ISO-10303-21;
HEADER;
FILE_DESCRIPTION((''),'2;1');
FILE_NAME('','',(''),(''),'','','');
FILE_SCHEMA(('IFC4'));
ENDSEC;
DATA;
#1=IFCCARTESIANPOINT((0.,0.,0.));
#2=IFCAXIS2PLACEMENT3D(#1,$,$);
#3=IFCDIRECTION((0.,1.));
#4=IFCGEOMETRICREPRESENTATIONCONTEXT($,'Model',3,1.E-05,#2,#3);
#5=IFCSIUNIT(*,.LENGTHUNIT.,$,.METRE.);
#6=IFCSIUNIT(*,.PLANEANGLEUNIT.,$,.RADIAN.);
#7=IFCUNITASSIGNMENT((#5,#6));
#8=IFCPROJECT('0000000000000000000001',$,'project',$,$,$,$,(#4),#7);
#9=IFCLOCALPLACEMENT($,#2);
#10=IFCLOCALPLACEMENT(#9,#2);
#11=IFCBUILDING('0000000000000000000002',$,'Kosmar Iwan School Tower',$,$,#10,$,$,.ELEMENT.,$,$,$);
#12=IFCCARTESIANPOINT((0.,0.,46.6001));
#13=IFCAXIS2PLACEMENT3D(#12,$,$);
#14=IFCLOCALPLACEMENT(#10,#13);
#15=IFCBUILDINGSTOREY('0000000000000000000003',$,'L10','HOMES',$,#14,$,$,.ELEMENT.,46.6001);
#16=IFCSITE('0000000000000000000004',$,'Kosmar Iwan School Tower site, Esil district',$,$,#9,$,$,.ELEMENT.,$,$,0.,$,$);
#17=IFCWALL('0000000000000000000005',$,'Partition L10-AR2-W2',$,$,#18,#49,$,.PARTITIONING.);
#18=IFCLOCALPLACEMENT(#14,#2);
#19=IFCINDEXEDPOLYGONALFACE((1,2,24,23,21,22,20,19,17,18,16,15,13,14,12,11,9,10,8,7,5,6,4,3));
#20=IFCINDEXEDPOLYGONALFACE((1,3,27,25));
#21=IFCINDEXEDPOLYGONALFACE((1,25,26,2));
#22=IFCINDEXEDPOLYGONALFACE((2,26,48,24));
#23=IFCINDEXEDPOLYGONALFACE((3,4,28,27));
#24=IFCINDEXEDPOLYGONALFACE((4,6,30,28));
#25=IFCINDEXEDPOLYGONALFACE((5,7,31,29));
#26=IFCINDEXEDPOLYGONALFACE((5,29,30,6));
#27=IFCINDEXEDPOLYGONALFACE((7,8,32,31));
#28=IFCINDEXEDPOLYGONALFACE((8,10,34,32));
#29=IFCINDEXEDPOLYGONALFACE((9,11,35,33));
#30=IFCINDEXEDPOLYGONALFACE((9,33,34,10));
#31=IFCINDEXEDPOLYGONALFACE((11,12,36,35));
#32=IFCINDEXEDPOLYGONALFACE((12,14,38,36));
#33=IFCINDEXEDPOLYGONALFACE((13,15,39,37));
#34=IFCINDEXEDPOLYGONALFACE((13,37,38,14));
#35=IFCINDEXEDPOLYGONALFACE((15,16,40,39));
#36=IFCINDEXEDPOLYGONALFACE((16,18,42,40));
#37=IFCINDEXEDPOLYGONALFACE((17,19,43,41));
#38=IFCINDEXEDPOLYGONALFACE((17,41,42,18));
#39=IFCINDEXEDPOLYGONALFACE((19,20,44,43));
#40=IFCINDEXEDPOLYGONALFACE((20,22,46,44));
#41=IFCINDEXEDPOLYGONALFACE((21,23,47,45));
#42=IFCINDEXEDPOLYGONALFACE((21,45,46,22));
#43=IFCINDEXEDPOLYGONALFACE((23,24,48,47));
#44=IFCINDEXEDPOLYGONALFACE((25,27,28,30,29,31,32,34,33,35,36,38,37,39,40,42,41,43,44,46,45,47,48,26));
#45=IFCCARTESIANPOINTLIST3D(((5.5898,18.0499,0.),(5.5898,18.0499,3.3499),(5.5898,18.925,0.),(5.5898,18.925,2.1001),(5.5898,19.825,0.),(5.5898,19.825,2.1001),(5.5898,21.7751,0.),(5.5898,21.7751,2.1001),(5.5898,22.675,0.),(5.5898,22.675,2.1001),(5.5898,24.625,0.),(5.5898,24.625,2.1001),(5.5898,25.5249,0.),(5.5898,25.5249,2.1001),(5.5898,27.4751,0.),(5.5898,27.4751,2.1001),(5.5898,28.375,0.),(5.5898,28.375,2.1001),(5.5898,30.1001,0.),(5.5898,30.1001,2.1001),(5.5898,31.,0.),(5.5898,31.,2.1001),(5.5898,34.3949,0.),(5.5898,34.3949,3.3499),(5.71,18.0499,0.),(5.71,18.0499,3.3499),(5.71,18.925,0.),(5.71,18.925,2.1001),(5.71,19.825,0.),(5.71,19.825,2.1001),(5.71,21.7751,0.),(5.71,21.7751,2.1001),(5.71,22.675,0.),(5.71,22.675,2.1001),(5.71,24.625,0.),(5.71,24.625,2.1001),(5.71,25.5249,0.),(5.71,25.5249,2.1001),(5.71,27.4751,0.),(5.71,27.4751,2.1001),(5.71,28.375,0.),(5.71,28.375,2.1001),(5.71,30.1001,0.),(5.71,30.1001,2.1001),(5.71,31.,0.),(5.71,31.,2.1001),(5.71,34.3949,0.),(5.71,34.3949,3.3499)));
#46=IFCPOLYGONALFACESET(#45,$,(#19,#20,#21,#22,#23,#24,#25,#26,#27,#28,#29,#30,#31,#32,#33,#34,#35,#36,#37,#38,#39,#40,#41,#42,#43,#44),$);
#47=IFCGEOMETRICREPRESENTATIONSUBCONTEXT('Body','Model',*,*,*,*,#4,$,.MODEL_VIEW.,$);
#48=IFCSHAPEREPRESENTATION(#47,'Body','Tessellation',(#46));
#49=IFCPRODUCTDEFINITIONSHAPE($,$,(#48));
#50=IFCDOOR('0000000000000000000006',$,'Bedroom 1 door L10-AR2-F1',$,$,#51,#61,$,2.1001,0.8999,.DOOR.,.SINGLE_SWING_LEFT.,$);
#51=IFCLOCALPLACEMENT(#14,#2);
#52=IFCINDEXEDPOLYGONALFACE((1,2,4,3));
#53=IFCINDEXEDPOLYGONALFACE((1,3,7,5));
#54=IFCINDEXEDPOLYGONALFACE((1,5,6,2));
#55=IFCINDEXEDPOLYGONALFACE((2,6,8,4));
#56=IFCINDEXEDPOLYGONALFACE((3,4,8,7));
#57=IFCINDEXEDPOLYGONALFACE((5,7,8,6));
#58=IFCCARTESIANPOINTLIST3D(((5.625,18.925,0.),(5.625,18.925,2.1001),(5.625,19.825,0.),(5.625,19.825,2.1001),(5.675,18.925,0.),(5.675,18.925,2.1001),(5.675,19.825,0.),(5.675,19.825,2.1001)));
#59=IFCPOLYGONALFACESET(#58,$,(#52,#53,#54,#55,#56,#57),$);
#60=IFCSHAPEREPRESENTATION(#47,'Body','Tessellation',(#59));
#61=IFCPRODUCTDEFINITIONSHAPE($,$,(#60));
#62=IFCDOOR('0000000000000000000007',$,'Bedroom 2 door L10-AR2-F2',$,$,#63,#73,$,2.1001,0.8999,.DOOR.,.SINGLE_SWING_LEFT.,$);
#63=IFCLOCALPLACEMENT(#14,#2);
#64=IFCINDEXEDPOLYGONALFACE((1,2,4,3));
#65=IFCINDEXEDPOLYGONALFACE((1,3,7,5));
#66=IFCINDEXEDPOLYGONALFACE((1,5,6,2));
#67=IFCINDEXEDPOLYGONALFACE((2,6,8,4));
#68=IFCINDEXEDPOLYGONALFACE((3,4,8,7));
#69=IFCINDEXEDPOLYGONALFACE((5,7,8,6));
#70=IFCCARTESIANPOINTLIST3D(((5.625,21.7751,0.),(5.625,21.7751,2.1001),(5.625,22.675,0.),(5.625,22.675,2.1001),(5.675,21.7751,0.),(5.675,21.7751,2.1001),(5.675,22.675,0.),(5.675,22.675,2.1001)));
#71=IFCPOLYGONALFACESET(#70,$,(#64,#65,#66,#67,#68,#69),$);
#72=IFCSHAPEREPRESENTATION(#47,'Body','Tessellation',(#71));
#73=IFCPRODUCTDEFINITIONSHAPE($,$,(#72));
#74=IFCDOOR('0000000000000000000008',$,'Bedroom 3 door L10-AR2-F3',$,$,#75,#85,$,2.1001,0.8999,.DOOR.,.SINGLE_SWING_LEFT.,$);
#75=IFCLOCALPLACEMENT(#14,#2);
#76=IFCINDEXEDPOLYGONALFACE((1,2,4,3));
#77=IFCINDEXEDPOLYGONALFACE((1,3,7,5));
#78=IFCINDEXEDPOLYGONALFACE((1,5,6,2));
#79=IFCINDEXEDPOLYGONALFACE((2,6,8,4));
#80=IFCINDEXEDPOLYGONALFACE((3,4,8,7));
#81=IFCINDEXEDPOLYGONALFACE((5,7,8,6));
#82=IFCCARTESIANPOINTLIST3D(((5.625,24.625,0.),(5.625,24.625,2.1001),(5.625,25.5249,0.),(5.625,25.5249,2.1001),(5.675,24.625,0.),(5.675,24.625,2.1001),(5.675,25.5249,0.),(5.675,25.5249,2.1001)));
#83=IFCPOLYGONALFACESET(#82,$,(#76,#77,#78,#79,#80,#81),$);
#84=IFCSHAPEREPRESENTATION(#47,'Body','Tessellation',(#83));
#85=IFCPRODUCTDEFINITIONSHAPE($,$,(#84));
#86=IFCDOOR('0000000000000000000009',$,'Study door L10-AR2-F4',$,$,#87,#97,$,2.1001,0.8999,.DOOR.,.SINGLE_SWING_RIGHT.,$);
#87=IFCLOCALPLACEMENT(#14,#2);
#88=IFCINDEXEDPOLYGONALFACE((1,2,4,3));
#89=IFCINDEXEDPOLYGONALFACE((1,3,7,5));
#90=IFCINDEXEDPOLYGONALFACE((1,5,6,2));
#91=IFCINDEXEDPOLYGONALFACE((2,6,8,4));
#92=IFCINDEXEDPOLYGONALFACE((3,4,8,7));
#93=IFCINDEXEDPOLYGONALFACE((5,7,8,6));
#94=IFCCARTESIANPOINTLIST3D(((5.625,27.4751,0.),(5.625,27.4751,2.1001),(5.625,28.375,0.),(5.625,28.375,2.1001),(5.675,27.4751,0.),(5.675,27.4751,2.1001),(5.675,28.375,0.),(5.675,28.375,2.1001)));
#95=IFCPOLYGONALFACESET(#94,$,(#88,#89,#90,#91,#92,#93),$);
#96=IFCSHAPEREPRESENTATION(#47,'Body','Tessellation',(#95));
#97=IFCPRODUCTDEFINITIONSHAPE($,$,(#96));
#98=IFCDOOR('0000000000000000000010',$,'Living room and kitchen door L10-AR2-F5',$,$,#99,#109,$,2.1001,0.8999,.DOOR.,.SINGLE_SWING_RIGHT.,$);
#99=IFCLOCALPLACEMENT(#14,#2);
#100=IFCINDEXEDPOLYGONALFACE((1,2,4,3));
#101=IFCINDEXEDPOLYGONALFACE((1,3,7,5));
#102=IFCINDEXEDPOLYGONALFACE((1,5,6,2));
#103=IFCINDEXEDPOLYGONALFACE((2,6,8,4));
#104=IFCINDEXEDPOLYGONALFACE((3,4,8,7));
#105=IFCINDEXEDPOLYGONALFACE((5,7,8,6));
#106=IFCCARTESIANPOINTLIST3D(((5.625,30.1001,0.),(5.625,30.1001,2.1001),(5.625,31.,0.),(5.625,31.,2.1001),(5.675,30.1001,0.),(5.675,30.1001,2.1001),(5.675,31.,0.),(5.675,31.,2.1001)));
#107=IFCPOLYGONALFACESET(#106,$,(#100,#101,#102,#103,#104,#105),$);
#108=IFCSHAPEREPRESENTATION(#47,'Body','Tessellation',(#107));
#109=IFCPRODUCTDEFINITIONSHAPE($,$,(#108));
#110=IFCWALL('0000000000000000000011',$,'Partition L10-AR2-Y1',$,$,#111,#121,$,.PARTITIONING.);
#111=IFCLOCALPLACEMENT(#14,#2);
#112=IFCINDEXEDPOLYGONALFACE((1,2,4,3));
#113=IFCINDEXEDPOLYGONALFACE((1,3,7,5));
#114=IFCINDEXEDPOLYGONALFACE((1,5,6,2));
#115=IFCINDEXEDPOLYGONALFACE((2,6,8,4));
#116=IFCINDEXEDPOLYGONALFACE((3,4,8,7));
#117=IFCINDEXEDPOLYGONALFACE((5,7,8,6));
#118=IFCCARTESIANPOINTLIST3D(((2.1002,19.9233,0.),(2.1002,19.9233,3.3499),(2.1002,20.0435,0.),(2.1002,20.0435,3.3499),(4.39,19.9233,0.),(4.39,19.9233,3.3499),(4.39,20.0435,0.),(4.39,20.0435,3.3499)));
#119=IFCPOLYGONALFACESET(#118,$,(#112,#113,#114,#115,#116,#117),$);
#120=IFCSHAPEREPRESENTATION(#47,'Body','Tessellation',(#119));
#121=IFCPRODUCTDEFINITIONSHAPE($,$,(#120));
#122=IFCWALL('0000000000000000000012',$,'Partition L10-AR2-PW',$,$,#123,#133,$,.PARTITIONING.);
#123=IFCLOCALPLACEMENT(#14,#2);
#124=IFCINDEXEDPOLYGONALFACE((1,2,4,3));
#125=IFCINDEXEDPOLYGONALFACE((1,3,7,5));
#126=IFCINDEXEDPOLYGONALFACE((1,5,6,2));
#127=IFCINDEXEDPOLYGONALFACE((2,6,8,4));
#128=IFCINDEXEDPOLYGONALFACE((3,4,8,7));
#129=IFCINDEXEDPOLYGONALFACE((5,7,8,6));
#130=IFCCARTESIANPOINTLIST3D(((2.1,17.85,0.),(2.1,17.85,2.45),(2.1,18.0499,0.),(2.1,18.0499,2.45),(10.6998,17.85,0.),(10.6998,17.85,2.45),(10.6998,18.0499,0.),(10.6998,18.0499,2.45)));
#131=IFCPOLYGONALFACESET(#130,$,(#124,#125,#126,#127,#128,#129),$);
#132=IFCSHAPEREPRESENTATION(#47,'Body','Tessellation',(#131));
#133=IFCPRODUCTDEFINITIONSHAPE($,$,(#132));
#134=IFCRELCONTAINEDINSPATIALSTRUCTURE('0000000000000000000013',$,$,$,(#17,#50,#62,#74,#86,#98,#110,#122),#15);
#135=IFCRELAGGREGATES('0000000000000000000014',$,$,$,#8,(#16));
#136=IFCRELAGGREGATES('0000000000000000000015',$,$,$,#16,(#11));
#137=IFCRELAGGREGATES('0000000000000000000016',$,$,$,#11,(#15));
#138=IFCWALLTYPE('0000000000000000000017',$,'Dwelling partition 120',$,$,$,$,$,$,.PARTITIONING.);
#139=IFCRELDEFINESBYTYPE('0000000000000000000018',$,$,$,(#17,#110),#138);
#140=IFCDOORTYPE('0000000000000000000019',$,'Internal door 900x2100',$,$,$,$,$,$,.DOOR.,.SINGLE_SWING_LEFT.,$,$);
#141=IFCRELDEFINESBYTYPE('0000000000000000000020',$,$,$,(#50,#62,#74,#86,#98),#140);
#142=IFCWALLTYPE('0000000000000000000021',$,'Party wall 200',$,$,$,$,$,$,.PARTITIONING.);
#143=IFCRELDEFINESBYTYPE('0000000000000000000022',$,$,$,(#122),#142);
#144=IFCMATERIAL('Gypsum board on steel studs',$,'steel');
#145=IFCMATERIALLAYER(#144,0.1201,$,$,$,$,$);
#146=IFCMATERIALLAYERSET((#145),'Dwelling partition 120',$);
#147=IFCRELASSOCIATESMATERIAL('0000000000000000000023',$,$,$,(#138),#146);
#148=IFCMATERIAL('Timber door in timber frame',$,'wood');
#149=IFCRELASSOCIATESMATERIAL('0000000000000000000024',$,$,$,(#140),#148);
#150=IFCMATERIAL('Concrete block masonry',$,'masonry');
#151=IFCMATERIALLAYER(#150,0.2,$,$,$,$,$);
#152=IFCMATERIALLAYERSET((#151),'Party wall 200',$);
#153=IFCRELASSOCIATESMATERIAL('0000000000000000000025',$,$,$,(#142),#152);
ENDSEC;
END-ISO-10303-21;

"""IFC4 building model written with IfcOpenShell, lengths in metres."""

from ifc_helpers import new_model, si_unit, direction, frame, frame_2d, origin, place, context, subcontext, project, spatial, rectangle, extrude, material, layer, layer_set, type_object, element, fill, save


model = new_model("IFC4")

# Units and contexts
model_context = context("Model", 3, precision=1e-05, world=origin(), true_north=direction((0.0, 1.0)))
body_context = subcontext(model_context, "Body", "Model", "MODEL_VIEW")
ifc_project = project(units=[si_unit("LENGTHUNIT", "METRE"), si_unit("PLANEANGLEUNIT", "RADIAN")], contexts=[model_context])

# Site, building, storey
site_placement = place(None, origin())
site = spatial("IfcSite", under=ifc_project, at=site_placement, Name="Kosmar Iwan School Tower site, Esil district", CompositionType="ELEMENT", RefElevation=0.0)
building_placement = place(site_placement, origin())
building = spatial("IfcBuilding", under=site, at=building_placement, Name="Kosmar Iwan School Tower", CompositionType="ELEMENT")
storey_placement = place(building_placement, frame((0.0, 0.0, 46.6001)))
storey = spatial("IfcBuildingStorey", under=building, at=storey_placement, Name="L10", Description="HOMES", CompositionType="ELEMENT", Elevation=46.6001)

# Shared definitions
ifc_material_1 = material(Name="Gypsum board on steel studs", Category="steel")
ifc_layer_1 = layer(ifc_material_1, 0.1201)
ifc_layer_set_1 = layer_set([ifc_layer_1], Name="Dwelling partition 120")
wall_type_1 = type_object("IfcWallType", Name="Dwelling partition 120", PredefinedType="PARTITIONING", material=ifc_layer_set_1)

# Wall, openings, doors
ifc_material_2 = material(Name="Timber door in timber frame", Category="wood")
door_type_1 = type_object("IfcDoorType", Name="Internal door 900x2100", OperationType="SINGLE_SWING_LEFT", PredefinedType="DOOR", material=ifc_material_2)
wall_1_placement = place(storey_placement, frame((5.6499, 18.05, 0.0), z_axis=(0.0, 0.0, 1.0), x_axis=(0.0, 1.0, 0.0)))
wall_1 = element("IfcWall", 1, at=wall_1_placement, inside=storey, type_object=wall_type_1, Name="Partition L10-AR2-W2", PredefinedType="PARTITIONING", context=body_context, shape_type="SweptSolid", body=[
    extrude(rectangle(XDim=16.345, YDim=0.1201, at=frame_2d((8.1724, 0.0))), origin(), (0.0, 0.0, 1.0), 3.3499),
])
opening_1_placement = place(wall_1_placement, frame((0.875, 0.0, 0.0)))
opening_1 = element("IfcOpeningElement", 2, at=opening_1_placement, cuts=wall_1, PredefinedType="OPENING", context=body_context, shape_type="SweptSolid", body=[
    extrude(rectangle(XDim=0.8999, YDim=2.1001, at=frame_2d((0.45, 1.05))), frame((0.0, 0.072, 0.0), z_axis=(0.0, -1.0, 0.0), x_axis=(1.0, 0.0, 0.0)), (0.0, 0.0, 1.0), 0.144),
])
opening_2_placement = place(wall_1_placement, frame((3.7251, 0.0, 0.0)))
opening_2 = element("IfcOpeningElement", 3, at=opening_2_placement, cuts=wall_1, PredefinedType="OPENING", context=body_context, shape_type="SweptSolid", body=[
    extrude(rectangle(XDim=0.8999, YDim=2.1001, at=frame_2d((0.45, 1.05))), frame((0.0, 0.072, 0.0), z_axis=(0.0, -1.0, 0.0), x_axis=(1.0, 0.0, 0.0)), (0.0, 0.0, 1.0), 0.144),
])
opening_3_placement = place(wall_1_placement, frame((6.575, 0.0, 0.0)))
opening_3 = element("IfcOpeningElement", 4, at=opening_3_placement, cuts=wall_1, PredefinedType="OPENING", context=body_context, shape_type="SweptSolid", body=[
    extrude(rectangle(XDim=0.8999, YDim=2.1001, at=frame_2d((0.45, 1.05))), frame((0.0, 0.072, 0.0), z_axis=(0.0, -1.0, 0.0), x_axis=(1.0, 0.0, 0.0)), (0.0, 0.0, 1.0), 0.144),
])
opening_4_placement = place(wall_1_placement, frame((9.425, 0.0, 0.0)))
opening_4 = element("IfcOpeningElement", 5, at=opening_4_placement, cuts=wall_1, PredefinedType="OPENING", context=body_context, shape_type="SweptSolid", body=[
    extrude(rectangle(XDim=0.8999, YDim=2.1001, at=frame_2d((0.45, 1.05))), frame((0.0, 0.072, 0.0), z_axis=(0.0, -1.0, 0.0), x_axis=(1.0, 0.0, 0.0)), (0.0, 0.0, 1.0), 0.144),
])
opening_5_placement = place(wall_1_placement, frame((12.05, 0.0, 0.0)))
opening_5 = element("IfcOpeningElement", 6, at=opening_5_placement, cuts=wall_1, PredefinedType="OPENING", context=body_context, shape_type="SweptSolid", body=[
    extrude(rectangle(XDim=0.8999, YDim=2.1001, at=frame_2d((0.45, 1.05))), frame((0.0, 0.072, 0.0), z_axis=(0.0, -1.0, 0.0), x_axis=(1.0, 0.0, 0.0)), (0.0, 0.0, 1.0), 0.144),
])
door_1_placement = place(opening_1_placement, origin())
door_1 = element("IfcDoor", 7, at=door_1_placement, inside=storey, type_object=door_type_1, Name="Bedroom 1 door L10-AR2-F1", OperationType="SINGLE_SWING_LEFT", OverallHeight=2.1001, OverallWidth=0.8999, PredefinedType="DOOR", context=body_context, shape_type="SweptSolid", body=[
    extrude(rectangle(XDim=0.8999, YDim=2.1001, at=frame_2d((0.45, 1.05))), frame((0.0, 0.0249, 0.0), z_axis=(0.0, -1.0, 0.0), x_axis=(1.0, 0.0, 0.0)), (0.0, 0.0, 1.0), 0.05),
])
fill(opening_1, door_1)
door_2_placement = place(opening_2_placement, origin())
door_2 = element("IfcDoor", 8, at=door_2_placement, inside=storey, type_object=door_type_1, Name="Bedroom 2 door L10-AR2-F2", OperationType="SINGLE_SWING_LEFT", OverallHeight=2.1001, OverallWidth=0.8999, PredefinedType="DOOR", context=body_context, shape_type="SweptSolid", body=[
    extrude(rectangle(XDim=0.8999, YDim=2.1001, at=frame_2d((0.45, 1.05))), frame((0.0, 0.0249, 0.0), z_axis=(0.0, -1.0, 0.0), x_axis=(1.0, 0.0, 0.0)), (0.0, 0.0, 1.0), 0.05),
])
fill(opening_2, door_2)
door_3_placement = place(opening_3_placement, origin())
door_3 = element("IfcDoor", 9, at=door_3_placement, inside=storey, type_object=door_type_1, Name="Bedroom 3 door L10-AR2-F3", OperationType="SINGLE_SWING_LEFT", OverallHeight=2.1001, OverallWidth=0.8999, PredefinedType="DOOR", context=body_context, shape_type="SweptSolid", body=[
    extrude(rectangle(XDim=0.8999, YDim=2.1001, at=frame_2d((0.45, 1.05))), frame((0.0, 0.0249, 0.0), z_axis=(0.0, -1.0, 0.0), x_axis=(1.0, 0.0, 0.0)), (0.0, 0.0, 1.0), 0.05),
])
fill(opening_3, door_3)
door_4_placement = place(opening_4_placement, origin())
door_4 = element("IfcDoor", 10, at=door_4_placement, inside=storey, type_object=door_type_1, Name="Study door L10-AR2-F4", OperationType="SINGLE_SWING_RIGHT", OverallHeight=2.1001, OverallWidth=0.8999, PredefinedType="DOOR", context=body_context, shape_type="SweptSolid", body=[
    extrude(rectangle(XDim=0.8999, YDim=2.1001, at=frame_2d((0.45, 1.05))), frame((0.0, 0.0249, 0.0), z_axis=(0.0, -1.0, 0.0), x_axis=(1.0, 0.0, 0.0)), (0.0, 0.0, 1.0), 0.05),
])
fill(opening_4, door_4)
door_5_placement = place(opening_5_placement, origin())
door_5 = element("IfcDoor", 11, at=door_5_placement, inside=storey, type_object=door_type_1, Name="Living room and kitchen door L10-AR2-F5", OperationType="SINGLE_SWING_RIGHT", OverallHeight=2.1001, OverallWidth=0.8999, PredefinedType="DOOR", context=body_context, shape_type="SweptSolid", body=[
    extrude(rectangle(XDim=0.8999, YDim=2.1001, at=frame_2d((0.45, 1.05))), frame((0.0, 0.0249, 0.0), z_axis=(0.0, -1.0, 0.0), x_axis=(1.0, 0.0, 0.0)), (0.0, 0.0, 1.0), 0.05),
])
fill(opening_5, door_5)

# Walls
wall_2_placement = place(storey_placement, frame((2.1001, 19.9834, 0.0), z_axis=(0.0, 0.0, 1.0), x_axis=(1.0, 0.0, 0.0)))
element("IfcWall", 12, at=wall_2_placement, inside=storey, type_object=wall_type_1, Name="Partition L10-AR2-Y1", PredefinedType="PARTITIONING", context=body_context, shape_type="SweptSolid", body=[
    extrude(rectangle(XDim=2.2898, YDim=0.1201, at=frame_2d((1.145, 0.0))), origin(), (0.0, 0.0, 1.0), 3.3499),
])
ifc_material_3 = material(Name="Concrete block masonry", Category="masonry")
ifc_layer_2 = layer(ifc_material_3, 0.2)
ifc_layer_set_2 = layer_set([ifc_layer_2], Name="Party wall 200")
wall_type_2 = type_object("IfcWallType", Name="Party wall 200", PredefinedType="PARTITIONING", material=ifc_layer_set_2)
wall_3_placement = place(storey_placement, frame((2.1001, 17.95, 0.0), z_axis=(0.0, 0.0, 1.0), x_axis=(1.0, 0.0, 0.0)))
element("IfcWall", 13, at=wall_3_placement, inside=storey, type_object=wall_type_2, Name="Partition L10-AR2-PW", PredefinedType="PARTITIONING", context=body_context, shape_type="SweptSolid", body=[
    extrude(rectangle(XDim=8.5999, YDim=0.2, at=frame_2d((4.2998, 0.0))), origin(), (0.0, 0.0, 1.0), 2.45),
])

save(model, "model.ifc")
